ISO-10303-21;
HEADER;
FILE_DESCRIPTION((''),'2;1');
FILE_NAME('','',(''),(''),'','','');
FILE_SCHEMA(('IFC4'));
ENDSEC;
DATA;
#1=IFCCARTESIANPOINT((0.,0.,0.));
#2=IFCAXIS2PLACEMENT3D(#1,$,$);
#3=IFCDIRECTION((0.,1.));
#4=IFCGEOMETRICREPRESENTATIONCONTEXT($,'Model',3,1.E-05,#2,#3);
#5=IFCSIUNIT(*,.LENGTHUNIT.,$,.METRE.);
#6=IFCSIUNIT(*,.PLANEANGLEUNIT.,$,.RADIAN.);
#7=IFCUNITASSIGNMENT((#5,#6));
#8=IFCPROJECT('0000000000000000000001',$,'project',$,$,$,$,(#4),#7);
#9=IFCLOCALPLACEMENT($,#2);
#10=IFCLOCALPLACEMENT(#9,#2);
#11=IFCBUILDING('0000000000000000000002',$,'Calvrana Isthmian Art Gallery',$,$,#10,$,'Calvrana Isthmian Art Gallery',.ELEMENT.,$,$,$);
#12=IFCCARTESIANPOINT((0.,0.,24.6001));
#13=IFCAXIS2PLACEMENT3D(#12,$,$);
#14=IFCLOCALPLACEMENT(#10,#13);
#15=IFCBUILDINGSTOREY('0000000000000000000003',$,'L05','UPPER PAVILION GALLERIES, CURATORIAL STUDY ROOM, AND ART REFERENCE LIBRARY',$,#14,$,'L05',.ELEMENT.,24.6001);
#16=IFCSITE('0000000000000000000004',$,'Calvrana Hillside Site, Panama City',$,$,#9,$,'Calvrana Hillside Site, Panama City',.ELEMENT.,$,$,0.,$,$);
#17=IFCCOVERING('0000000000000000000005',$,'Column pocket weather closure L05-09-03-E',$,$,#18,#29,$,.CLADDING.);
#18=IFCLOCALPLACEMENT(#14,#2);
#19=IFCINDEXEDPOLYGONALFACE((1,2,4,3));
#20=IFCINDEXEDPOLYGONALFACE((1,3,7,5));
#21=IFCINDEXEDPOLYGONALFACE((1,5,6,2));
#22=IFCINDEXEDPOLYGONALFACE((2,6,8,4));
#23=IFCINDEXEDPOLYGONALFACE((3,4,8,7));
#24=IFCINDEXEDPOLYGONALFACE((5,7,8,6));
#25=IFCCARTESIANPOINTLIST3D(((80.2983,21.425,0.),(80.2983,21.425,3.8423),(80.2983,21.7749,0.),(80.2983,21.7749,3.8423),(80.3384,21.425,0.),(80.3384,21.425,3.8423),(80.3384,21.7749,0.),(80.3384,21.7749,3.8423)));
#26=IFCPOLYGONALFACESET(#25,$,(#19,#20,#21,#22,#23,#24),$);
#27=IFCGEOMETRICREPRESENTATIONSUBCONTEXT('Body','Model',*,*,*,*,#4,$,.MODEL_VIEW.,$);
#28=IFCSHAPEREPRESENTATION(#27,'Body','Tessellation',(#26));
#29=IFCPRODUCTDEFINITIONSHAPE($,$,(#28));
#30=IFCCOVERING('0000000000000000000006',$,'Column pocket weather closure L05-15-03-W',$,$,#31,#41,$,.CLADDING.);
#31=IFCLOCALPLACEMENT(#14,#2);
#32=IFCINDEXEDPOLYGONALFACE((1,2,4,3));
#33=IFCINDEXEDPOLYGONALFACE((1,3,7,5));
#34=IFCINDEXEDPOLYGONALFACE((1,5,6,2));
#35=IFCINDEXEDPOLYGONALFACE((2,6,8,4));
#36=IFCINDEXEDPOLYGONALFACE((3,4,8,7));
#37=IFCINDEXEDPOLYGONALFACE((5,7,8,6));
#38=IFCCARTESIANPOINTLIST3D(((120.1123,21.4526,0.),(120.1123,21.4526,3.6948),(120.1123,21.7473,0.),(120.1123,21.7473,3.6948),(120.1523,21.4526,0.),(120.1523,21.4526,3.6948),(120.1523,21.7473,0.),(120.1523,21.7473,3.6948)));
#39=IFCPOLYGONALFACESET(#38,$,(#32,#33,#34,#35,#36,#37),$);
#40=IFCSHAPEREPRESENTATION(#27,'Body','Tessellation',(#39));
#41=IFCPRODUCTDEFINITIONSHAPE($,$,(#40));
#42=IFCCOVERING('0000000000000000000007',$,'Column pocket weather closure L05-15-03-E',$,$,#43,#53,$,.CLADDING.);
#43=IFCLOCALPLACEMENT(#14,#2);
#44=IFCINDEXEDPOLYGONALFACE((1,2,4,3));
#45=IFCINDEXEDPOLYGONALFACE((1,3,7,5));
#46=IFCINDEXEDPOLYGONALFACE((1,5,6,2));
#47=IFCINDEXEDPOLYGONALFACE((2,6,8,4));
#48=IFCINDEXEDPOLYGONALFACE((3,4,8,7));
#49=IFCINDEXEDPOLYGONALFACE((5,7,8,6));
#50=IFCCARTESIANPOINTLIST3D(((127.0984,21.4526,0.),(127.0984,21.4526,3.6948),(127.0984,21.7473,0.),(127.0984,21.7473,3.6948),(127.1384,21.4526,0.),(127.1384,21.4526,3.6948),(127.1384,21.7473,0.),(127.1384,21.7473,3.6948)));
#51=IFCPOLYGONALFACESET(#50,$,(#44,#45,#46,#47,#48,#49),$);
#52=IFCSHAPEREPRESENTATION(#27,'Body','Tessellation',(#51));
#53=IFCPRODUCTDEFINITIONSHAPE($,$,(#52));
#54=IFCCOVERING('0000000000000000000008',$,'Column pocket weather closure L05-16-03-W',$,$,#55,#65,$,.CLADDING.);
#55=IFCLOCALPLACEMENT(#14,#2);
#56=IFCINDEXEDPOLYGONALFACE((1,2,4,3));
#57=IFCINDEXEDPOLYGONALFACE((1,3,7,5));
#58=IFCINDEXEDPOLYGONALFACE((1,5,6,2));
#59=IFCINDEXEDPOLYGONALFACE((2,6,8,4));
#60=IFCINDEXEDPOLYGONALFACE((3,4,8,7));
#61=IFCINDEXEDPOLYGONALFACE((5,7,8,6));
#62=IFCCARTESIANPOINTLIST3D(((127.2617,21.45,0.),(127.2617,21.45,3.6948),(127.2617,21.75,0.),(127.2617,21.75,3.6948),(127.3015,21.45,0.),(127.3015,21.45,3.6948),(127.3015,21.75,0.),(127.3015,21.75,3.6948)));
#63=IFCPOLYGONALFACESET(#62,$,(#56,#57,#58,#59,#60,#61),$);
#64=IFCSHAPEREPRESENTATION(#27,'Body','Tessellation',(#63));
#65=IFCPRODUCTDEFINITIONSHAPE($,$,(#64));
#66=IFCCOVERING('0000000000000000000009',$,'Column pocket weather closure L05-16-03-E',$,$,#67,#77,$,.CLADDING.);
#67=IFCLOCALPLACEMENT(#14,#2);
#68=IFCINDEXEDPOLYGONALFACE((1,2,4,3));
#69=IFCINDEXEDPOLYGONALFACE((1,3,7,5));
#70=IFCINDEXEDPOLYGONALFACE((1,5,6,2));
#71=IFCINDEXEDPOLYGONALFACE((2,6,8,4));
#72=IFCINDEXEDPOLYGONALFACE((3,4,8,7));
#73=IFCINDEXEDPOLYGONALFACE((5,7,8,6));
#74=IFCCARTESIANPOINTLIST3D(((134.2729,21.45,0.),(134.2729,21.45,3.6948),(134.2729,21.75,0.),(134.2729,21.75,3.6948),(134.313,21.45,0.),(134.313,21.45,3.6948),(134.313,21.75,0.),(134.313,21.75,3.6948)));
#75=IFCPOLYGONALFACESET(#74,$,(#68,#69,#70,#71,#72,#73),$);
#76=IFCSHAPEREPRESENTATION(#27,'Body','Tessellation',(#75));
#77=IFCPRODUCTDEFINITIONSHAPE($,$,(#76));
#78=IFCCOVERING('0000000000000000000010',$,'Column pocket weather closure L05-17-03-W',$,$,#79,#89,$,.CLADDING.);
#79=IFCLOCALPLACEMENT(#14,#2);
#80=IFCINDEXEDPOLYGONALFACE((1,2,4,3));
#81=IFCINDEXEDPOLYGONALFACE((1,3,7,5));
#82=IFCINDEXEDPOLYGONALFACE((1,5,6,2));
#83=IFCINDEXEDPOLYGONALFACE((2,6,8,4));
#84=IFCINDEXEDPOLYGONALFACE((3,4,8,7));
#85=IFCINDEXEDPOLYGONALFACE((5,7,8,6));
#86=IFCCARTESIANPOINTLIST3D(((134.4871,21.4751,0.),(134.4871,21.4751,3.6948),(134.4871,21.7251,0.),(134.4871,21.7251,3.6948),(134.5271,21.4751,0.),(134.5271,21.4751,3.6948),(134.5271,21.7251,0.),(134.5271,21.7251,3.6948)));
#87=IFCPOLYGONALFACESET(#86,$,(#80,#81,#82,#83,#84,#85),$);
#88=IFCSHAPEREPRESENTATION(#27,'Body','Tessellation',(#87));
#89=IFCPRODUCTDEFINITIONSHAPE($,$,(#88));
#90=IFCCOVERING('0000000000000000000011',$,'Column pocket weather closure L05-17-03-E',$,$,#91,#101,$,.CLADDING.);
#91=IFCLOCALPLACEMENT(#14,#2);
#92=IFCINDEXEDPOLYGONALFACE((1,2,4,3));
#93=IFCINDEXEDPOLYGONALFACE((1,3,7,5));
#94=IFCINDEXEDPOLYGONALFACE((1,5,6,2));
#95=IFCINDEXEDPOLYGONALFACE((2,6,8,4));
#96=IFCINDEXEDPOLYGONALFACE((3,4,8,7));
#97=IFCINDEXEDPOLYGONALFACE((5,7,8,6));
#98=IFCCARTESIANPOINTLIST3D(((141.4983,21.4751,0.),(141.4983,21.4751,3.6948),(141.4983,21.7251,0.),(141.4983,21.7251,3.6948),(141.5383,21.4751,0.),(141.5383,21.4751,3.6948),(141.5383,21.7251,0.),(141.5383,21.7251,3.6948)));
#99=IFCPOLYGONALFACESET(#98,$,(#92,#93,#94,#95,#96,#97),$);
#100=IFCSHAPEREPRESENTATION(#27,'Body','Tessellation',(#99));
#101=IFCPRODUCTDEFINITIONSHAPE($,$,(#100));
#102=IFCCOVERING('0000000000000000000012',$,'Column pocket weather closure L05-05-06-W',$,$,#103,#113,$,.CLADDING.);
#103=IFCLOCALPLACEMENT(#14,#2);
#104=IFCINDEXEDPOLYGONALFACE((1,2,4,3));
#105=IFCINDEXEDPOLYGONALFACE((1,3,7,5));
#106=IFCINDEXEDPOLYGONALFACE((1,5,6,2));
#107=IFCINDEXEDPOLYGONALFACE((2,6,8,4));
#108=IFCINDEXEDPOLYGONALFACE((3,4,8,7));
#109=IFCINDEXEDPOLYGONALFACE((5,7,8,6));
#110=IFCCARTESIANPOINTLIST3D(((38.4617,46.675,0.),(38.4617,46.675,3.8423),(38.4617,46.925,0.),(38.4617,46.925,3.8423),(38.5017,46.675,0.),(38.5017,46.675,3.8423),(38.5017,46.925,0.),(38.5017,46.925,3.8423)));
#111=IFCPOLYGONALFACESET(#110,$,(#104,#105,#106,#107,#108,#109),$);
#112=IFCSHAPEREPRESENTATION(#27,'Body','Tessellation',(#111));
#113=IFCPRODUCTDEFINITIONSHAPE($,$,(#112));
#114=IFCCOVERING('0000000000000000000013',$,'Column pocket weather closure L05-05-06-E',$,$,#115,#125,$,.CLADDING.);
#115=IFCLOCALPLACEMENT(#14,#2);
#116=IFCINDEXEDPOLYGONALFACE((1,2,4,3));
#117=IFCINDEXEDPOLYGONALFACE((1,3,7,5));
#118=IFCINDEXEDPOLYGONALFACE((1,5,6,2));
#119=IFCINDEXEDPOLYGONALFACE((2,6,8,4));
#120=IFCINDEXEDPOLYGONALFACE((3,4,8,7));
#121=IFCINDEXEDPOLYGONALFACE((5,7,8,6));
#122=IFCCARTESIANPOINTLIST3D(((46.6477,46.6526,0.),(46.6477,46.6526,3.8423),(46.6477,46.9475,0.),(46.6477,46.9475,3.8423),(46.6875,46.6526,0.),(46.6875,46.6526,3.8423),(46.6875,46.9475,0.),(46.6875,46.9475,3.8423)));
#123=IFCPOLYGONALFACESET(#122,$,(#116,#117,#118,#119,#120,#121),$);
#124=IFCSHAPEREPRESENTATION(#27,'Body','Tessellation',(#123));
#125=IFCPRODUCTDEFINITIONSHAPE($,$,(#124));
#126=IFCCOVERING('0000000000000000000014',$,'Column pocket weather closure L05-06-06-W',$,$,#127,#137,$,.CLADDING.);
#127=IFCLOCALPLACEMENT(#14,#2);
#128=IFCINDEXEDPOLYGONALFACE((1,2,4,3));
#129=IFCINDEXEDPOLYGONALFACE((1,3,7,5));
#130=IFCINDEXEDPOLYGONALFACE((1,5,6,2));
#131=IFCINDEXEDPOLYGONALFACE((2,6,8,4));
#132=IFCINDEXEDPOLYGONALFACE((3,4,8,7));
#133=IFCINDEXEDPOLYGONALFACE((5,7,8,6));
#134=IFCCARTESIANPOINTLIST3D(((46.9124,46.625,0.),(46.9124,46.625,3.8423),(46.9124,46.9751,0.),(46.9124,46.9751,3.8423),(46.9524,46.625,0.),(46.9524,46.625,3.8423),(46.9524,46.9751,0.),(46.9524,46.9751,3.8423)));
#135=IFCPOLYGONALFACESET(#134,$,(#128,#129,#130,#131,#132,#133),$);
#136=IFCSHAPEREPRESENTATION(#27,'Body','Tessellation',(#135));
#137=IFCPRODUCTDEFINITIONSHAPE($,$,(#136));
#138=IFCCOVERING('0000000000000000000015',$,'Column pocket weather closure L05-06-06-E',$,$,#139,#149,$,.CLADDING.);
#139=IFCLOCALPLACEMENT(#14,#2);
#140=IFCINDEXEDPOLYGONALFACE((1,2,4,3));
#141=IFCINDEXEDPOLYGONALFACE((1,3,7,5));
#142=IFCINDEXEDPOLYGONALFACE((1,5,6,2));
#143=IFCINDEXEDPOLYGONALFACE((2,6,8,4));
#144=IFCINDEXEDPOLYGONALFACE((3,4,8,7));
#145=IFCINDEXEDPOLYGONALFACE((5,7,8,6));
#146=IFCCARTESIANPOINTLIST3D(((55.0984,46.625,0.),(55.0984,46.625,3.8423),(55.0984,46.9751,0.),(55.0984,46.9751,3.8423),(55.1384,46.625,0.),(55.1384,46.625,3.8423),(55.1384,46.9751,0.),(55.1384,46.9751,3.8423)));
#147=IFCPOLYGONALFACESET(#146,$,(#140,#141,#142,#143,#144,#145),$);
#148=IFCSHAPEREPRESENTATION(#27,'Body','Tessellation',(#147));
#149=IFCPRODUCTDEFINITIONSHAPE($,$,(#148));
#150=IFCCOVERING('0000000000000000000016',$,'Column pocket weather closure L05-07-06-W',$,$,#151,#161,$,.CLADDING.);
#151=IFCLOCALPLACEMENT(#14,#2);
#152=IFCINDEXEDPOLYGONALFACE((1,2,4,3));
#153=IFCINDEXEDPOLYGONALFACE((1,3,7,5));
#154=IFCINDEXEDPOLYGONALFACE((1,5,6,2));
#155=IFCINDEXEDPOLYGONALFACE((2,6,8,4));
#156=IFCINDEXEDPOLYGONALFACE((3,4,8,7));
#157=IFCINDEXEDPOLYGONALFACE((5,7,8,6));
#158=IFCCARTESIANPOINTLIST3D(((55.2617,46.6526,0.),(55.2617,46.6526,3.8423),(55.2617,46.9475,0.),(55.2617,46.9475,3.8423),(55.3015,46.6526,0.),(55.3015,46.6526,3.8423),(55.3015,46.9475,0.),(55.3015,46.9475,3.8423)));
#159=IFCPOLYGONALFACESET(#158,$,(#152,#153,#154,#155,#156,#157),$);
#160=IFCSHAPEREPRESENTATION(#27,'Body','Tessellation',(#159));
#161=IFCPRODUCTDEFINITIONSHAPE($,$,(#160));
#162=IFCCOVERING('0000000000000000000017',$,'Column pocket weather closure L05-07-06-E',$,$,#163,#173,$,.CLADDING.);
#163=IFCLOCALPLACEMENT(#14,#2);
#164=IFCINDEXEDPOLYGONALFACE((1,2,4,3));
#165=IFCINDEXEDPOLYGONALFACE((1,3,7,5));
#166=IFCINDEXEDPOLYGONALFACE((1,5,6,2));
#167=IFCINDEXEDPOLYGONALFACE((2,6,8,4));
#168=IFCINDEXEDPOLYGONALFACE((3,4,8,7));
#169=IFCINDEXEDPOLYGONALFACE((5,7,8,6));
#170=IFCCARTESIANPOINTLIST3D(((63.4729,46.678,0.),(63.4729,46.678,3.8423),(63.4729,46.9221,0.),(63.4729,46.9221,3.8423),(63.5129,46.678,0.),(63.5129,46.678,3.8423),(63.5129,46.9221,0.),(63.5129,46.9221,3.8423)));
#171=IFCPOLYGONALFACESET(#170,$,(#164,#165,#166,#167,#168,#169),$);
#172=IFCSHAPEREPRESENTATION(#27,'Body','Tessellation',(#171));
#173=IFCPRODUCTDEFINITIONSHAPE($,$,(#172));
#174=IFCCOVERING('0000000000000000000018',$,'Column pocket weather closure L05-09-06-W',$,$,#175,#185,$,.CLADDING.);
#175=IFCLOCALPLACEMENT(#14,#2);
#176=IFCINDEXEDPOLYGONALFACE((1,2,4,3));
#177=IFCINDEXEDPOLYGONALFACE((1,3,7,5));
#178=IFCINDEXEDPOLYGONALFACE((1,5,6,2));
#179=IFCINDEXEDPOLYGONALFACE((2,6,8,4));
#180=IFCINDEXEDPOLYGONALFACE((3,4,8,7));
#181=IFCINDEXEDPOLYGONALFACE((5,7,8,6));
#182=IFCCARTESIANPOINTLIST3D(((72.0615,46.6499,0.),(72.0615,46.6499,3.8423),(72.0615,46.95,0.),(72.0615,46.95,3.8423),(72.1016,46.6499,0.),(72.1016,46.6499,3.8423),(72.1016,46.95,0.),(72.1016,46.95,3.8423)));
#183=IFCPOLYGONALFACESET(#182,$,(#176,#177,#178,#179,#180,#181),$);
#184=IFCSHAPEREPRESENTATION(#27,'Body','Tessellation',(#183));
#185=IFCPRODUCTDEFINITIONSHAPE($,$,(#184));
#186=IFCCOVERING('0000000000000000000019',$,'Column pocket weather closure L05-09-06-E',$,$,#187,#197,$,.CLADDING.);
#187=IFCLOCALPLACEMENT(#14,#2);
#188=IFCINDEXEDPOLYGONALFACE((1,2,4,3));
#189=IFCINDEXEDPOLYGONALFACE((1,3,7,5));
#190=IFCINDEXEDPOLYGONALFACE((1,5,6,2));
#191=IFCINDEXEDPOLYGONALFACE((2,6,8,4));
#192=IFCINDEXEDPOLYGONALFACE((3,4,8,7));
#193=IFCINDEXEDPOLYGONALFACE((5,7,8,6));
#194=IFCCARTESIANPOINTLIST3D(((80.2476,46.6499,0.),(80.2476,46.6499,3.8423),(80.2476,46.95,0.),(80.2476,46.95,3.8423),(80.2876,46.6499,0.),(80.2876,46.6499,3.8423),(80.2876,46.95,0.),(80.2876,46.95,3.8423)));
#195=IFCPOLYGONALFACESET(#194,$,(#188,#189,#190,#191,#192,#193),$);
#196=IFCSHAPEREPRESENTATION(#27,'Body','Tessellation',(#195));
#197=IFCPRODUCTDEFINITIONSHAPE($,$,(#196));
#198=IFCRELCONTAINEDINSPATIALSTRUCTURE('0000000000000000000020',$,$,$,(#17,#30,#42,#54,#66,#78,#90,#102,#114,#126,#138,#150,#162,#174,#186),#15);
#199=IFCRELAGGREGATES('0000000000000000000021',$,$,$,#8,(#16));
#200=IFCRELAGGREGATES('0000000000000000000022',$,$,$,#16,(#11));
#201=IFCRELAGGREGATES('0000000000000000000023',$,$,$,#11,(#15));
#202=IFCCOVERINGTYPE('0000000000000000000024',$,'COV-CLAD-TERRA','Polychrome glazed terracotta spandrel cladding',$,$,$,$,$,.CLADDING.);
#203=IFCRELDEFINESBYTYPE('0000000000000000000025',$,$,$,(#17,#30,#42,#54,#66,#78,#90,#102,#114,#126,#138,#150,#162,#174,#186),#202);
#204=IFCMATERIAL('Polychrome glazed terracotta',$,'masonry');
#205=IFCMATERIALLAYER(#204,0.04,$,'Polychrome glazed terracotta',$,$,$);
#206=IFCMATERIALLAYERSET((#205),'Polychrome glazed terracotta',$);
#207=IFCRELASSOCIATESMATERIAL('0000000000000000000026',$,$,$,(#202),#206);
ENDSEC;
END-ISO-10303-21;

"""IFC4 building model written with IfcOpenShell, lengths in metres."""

from ifc_helpers import new_model, si_unit, direction, frame, origin, place, context, subcontext, project, spatial, polyline, outline, extrude, material, layer, layer_set, type_object, element, save


model = new_model("IFC4")

# Units and contexts
model_context = context("Model", 3, precision=1e-05, world=origin(), true_north=direction((0.0, 1.0)))
body_context = subcontext(model_context, "Body", "Model", "MODEL_VIEW")
ifc_project = project(units=[si_unit("LENGTHUNIT", "METRE"), si_unit("PLANEANGLEUNIT", "RADIAN")], contexts=[model_context])

# Site, building, storey
site_placement = place(None, origin())
site = spatial("IfcSite", under=ifc_project, at=site_placement, Name="Calvrana Hillside Site, Panama City", LongName="Calvrana Hillside Site, Panama City", CompositionType="ELEMENT", RefElevation=0.0)
building_placement = place(site_placement, origin())
building = spatial("IfcBuilding", under=site, at=building_placement, Name="Calvrana Isthmian Art Gallery", LongName="Calvrana Isthmian Art Gallery", CompositionType="ELEMENT")
storey_placement = place(building_placement, frame((0.0, 0.0, 24.6001)))
storey = spatial("IfcBuildingStorey", under=building, at=storey_placement, Name="L05", Description="UPPER PAVILION GALLERIES, CURATORIAL STUDY ROOM, AND ART REFERENCE LIBRARY", LongName="L05", CompositionType="ELEMENT", Elevation=24.6001)

# Coverings
ifc_material_1 = material(Name="Polychrome glazed terracotta", Category="masonry")
ifc_layer_1 = layer(ifc_material_1, 0.04, Name="Polychrome glazed terracotta")
ifc_layer_set_1 = layer_set([ifc_layer_1], Name="Polychrome glazed terracotta")
covering_type = type_object("IfcCoveringType", Name="COV-CLAD-TERRA", Description="Polychrome glazed terracotta spandrel cladding", PredefinedType="CLADDING", material=ifc_layer_set_1)
covering_1_placement = place(storey_placement, origin())
element("IfcCovering", 1, at=covering_1_placement, inside=storey, type_object=covering_type, Name="Column pocket weather closure L05-09-03-E", PredefinedType="CLADDING", context=body_context, shape_type="SweptSolid", body=[
    extrude(outline(polyline([(80.2983, 21.425), (80.3384, 21.425), (80.3384, 21.7749), (80.2983, 21.7749), (80.2983, 21.425)])), origin(), (0.0, 0.0, 1.0), 3.8423),
])
covering_2_placement = place(storey_placement, origin())
element("IfcCovering", 2, at=covering_2_placement, inside=storey, type_object=covering_type, Name="Column pocket weather closure L05-15-03-W", PredefinedType="CLADDING", context=body_context, shape_type="SweptSolid", body=[
    extrude(outline(polyline([(120.1123, 21.4526), (120.1523, 21.4526), (120.1523, 21.7473), (120.1123, 21.7473), (120.1123, 21.4526)])), origin(), (0.0, 0.0, 1.0), 3.6948),
])
covering_3_placement = place(storey_placement, origin())
element("IfcCovering", 3, at=covering_3_placement, inside=storey, type_object=covering_type, Name="Column pocket weather closure L05-15-03-E", PredefinedType="CLADDING", context=body_context, shape_type="SweptSolid", body=[
    extrude(outline(polyline([(127.0984, 21.4526), (127.1384, 21.4526), (127.1384, 21.7473), (127.0984, 21.7473), (127.0984, 21.4526)])), origin(), (0.0, 0.0, 1.0), 3.6948),
])
covering_4_placement = place(storey_placement, origin())
element("IfcCovering", 4, at=covering_4_placement, inside=storey, type_object=covering_type, Name="Column pocket weather closure L05-16-03-W", PredefinedType="CLADDING", context=body_context, shape_type="SweptSolid", body=[
    extrude(outline(polyline([(127.2617, 21.45), (127.3015, 21.45), (127.3015, 21.75), (127.2617, 21.75), (127.2617, 21.45)])), origin(), (0.0, 0.0, 1.0), 3.6948),
])
covering_5_placement = place(storey_placement, origin())
element("IfcCovering", 5, at=covering_5_placement, inside=storey, type_object=covering_type, Name="Column pocket weather closure L05-16-03-E", PredefinedType="CLADDING", context=body_context, shape_type="SweptSolid", body=[
    extrude(outline(polyline([(134.2729, 21.45), (134.313, 21.45), (134.313, 21.75), (134.2729, 21.75), (134.2729, 21.45)])), origin(), (0.0, 0.0, 1.0), 3.6948),
])
covering_6_placement = place(storey_placement, origin())
element("IfcCovering", 6, at=covering_6_placement, inside=storey, type_object=covering_type, Name="Column pocket weather closure L05-17-03-W", PredefinedType="CLADDING", context=body_context, shape_type="SweptSolid", body=[
    extrude(outline(polyline([(134.4871, 21.4751), (134.5271, 21.4751), (134.5271, 21.7251), (134.4871, 21.7251), (134.4871, 21.4751)])), origin(), (0.0, 0.0, 1.0), 3.6948),
])
covering_7_placement = place(storey_placement, origin())
element("IfcCovering", 7, at=covering_7_placement, inside=storey, type_object=covering_type, Name="Column pocket weather closure L05-17-03-E", PredefinedType="CLADDING", context=body_context, shape_type="SweptSolid", body=[
    extrude(outline(polyline([(141.4983, 21.4751), (141.5383, 21.4751), (141.5383, 21.7251), (141.4983, 21.7251), (141.4983, 21.4751)])), origin(), (0.0, 0.0, 1.0), 3.6948),
])
covering_8_placement = place(storey_placement, origin())
element("IfcCovering", 8, at=covering_8_placement, inside=storey, type_object=covering_type, Name="Column pocket weather closure L05-05-06-W", PredefinedType="CLADDING", context=body_context, shape_type="SweptSolid", body=[
    extrude(outline(polyline([(38.4617, 46.675), (38.5017, 46.675), (38.5017, 46.925), (38.4617, 46.925), (38.4617, 46.675)])), origin(), (0.0, 0.0, 1.0), 3.8423),
])
covering_9_placement = place(storey_placement, origin())
element("IfcCovering", 9, at=covering_9_placement, inside=storey, type_object=covering_type, Name="Column pocket weather closure L05-05-06-E", PredefinedType="CLADDING", context=body_context, shape_type="SweptSolid", body=[
    extrude(outline(polyline([(46.6477, 46.6526), (46.6875, 46.6526), (46.6875, 46.9475), (46.6477, 46.9475), (46.6477, 46.6526)])), origin(), (0.0, 0.0, 1.0), 3.8423),
])
covering_10_placement = place(storey_placement, origin())
element("IfcCovering", 10, at=covering_10_placement, inside=storey, type_object=covering_type, Name="Column pocket weather closure L05-06-06-W", PredefinedType="CLADDING", context=body_context, shape_type="SweptSolid", body=[
    extrude(outline(polyline([(46.9124, 46.625), (46.9524, 46.625), (46.9524, 46.9751), (46.9124, 46.9751), (46.9124, 46.625)])), origin(), (0.0, 0.0, 1.0), 3.8423),
])
covering_11_placement = place(storey_placement, origin())
element("IfcCovering", 11, at=covering_11_placement, inside=storey, type_object=covering_type, Name="Column pocket weather closure L05-06-06-E", PredefinedType="CLADDING", context=body_context, shape_type="SweptSolid", body=[
    extrude(outline(polyline([(55.0984, 46.625), (55.1384, 46.625), (55.1384, 46.9751), (55.0984, 46.9751), (55.0984, 46.625)])), origin(), (0.0, 0.0, 1.0), 3.8423),
])
covering_12_placement = place(storey_placement, origin())
element("IfcCovering", 12, at=covering_12_placement, inside=storey, type_object=covering_type, Name="Column pocket weather closure L05-07-06-W", PredefinedType="CLADDING", context=body_context, shape_type="SweptSolid", body=[
    extrude(outline(polyline([(55.2617, 46.6526), (55.3015, 46.6526), (55.3015, 46.9475), (55.2617, 46.9475), (55.2617, 46.6526)])), origin(), (0.0, 0.0, 1.0), 3.8423),
])
covering_13_placement = place(storey_placement, origin())
element("IfcCovering", 13, at=covering_13_placement, inside=storey, type_object=covering_type, Name="Column pocket weather closure L05-07-06-E", PredefinedType="CLADDING", context=body_context, shape_type="SweptSolid", body=[
    extrude(outline(polyline([(63.4729, 46.678), (63.5129, 46.678), (63.5129, 46.9221), (63.4729, 46.9221), (63.4729, 46.678)])), origin(), (0.0, 0.0, 1.0), 3.8423),
])
covering_14_placement = place(storey_placement, origin())
element("IfcCovering", 14, at=covering_14_placement, inside=storey, type_object=covering_type, Name="Column pocket weather closure L05-09-06-W", PredefinedType="CLADDING", context=body_context, shape_type="SweptSolid", body=[
    extrude(outline(polyline([(72.0615, 46.6499), (72.1016, 46.6499), (72.1016, 46.95), (72.0615, 46.95), (72.0615, 46.6499)])), origin(), (0.0, 0.0, 1.0), 3.8423),
])
covering_15_placement = place(storey_placement, origin())
element("IfcCovering", 15, at=covering_15_placement, inside=storey, type_object=covering_type, Name="Column pocket weather closure L05-09-06-E", PredefinedType="CLADDING", context=body_context, shape_type="SweptSolid", body=[
    extrude(outline(polyline([(80.2476, 46.6499), (80.2876, 46.6499), (80.2876, 46.95), (80.2476, 46.95), (80.2476, 46.6499)])), origin(), (0.0, 0.0, 1.0), 3.8423),
])

save(model, "model.ifc")
